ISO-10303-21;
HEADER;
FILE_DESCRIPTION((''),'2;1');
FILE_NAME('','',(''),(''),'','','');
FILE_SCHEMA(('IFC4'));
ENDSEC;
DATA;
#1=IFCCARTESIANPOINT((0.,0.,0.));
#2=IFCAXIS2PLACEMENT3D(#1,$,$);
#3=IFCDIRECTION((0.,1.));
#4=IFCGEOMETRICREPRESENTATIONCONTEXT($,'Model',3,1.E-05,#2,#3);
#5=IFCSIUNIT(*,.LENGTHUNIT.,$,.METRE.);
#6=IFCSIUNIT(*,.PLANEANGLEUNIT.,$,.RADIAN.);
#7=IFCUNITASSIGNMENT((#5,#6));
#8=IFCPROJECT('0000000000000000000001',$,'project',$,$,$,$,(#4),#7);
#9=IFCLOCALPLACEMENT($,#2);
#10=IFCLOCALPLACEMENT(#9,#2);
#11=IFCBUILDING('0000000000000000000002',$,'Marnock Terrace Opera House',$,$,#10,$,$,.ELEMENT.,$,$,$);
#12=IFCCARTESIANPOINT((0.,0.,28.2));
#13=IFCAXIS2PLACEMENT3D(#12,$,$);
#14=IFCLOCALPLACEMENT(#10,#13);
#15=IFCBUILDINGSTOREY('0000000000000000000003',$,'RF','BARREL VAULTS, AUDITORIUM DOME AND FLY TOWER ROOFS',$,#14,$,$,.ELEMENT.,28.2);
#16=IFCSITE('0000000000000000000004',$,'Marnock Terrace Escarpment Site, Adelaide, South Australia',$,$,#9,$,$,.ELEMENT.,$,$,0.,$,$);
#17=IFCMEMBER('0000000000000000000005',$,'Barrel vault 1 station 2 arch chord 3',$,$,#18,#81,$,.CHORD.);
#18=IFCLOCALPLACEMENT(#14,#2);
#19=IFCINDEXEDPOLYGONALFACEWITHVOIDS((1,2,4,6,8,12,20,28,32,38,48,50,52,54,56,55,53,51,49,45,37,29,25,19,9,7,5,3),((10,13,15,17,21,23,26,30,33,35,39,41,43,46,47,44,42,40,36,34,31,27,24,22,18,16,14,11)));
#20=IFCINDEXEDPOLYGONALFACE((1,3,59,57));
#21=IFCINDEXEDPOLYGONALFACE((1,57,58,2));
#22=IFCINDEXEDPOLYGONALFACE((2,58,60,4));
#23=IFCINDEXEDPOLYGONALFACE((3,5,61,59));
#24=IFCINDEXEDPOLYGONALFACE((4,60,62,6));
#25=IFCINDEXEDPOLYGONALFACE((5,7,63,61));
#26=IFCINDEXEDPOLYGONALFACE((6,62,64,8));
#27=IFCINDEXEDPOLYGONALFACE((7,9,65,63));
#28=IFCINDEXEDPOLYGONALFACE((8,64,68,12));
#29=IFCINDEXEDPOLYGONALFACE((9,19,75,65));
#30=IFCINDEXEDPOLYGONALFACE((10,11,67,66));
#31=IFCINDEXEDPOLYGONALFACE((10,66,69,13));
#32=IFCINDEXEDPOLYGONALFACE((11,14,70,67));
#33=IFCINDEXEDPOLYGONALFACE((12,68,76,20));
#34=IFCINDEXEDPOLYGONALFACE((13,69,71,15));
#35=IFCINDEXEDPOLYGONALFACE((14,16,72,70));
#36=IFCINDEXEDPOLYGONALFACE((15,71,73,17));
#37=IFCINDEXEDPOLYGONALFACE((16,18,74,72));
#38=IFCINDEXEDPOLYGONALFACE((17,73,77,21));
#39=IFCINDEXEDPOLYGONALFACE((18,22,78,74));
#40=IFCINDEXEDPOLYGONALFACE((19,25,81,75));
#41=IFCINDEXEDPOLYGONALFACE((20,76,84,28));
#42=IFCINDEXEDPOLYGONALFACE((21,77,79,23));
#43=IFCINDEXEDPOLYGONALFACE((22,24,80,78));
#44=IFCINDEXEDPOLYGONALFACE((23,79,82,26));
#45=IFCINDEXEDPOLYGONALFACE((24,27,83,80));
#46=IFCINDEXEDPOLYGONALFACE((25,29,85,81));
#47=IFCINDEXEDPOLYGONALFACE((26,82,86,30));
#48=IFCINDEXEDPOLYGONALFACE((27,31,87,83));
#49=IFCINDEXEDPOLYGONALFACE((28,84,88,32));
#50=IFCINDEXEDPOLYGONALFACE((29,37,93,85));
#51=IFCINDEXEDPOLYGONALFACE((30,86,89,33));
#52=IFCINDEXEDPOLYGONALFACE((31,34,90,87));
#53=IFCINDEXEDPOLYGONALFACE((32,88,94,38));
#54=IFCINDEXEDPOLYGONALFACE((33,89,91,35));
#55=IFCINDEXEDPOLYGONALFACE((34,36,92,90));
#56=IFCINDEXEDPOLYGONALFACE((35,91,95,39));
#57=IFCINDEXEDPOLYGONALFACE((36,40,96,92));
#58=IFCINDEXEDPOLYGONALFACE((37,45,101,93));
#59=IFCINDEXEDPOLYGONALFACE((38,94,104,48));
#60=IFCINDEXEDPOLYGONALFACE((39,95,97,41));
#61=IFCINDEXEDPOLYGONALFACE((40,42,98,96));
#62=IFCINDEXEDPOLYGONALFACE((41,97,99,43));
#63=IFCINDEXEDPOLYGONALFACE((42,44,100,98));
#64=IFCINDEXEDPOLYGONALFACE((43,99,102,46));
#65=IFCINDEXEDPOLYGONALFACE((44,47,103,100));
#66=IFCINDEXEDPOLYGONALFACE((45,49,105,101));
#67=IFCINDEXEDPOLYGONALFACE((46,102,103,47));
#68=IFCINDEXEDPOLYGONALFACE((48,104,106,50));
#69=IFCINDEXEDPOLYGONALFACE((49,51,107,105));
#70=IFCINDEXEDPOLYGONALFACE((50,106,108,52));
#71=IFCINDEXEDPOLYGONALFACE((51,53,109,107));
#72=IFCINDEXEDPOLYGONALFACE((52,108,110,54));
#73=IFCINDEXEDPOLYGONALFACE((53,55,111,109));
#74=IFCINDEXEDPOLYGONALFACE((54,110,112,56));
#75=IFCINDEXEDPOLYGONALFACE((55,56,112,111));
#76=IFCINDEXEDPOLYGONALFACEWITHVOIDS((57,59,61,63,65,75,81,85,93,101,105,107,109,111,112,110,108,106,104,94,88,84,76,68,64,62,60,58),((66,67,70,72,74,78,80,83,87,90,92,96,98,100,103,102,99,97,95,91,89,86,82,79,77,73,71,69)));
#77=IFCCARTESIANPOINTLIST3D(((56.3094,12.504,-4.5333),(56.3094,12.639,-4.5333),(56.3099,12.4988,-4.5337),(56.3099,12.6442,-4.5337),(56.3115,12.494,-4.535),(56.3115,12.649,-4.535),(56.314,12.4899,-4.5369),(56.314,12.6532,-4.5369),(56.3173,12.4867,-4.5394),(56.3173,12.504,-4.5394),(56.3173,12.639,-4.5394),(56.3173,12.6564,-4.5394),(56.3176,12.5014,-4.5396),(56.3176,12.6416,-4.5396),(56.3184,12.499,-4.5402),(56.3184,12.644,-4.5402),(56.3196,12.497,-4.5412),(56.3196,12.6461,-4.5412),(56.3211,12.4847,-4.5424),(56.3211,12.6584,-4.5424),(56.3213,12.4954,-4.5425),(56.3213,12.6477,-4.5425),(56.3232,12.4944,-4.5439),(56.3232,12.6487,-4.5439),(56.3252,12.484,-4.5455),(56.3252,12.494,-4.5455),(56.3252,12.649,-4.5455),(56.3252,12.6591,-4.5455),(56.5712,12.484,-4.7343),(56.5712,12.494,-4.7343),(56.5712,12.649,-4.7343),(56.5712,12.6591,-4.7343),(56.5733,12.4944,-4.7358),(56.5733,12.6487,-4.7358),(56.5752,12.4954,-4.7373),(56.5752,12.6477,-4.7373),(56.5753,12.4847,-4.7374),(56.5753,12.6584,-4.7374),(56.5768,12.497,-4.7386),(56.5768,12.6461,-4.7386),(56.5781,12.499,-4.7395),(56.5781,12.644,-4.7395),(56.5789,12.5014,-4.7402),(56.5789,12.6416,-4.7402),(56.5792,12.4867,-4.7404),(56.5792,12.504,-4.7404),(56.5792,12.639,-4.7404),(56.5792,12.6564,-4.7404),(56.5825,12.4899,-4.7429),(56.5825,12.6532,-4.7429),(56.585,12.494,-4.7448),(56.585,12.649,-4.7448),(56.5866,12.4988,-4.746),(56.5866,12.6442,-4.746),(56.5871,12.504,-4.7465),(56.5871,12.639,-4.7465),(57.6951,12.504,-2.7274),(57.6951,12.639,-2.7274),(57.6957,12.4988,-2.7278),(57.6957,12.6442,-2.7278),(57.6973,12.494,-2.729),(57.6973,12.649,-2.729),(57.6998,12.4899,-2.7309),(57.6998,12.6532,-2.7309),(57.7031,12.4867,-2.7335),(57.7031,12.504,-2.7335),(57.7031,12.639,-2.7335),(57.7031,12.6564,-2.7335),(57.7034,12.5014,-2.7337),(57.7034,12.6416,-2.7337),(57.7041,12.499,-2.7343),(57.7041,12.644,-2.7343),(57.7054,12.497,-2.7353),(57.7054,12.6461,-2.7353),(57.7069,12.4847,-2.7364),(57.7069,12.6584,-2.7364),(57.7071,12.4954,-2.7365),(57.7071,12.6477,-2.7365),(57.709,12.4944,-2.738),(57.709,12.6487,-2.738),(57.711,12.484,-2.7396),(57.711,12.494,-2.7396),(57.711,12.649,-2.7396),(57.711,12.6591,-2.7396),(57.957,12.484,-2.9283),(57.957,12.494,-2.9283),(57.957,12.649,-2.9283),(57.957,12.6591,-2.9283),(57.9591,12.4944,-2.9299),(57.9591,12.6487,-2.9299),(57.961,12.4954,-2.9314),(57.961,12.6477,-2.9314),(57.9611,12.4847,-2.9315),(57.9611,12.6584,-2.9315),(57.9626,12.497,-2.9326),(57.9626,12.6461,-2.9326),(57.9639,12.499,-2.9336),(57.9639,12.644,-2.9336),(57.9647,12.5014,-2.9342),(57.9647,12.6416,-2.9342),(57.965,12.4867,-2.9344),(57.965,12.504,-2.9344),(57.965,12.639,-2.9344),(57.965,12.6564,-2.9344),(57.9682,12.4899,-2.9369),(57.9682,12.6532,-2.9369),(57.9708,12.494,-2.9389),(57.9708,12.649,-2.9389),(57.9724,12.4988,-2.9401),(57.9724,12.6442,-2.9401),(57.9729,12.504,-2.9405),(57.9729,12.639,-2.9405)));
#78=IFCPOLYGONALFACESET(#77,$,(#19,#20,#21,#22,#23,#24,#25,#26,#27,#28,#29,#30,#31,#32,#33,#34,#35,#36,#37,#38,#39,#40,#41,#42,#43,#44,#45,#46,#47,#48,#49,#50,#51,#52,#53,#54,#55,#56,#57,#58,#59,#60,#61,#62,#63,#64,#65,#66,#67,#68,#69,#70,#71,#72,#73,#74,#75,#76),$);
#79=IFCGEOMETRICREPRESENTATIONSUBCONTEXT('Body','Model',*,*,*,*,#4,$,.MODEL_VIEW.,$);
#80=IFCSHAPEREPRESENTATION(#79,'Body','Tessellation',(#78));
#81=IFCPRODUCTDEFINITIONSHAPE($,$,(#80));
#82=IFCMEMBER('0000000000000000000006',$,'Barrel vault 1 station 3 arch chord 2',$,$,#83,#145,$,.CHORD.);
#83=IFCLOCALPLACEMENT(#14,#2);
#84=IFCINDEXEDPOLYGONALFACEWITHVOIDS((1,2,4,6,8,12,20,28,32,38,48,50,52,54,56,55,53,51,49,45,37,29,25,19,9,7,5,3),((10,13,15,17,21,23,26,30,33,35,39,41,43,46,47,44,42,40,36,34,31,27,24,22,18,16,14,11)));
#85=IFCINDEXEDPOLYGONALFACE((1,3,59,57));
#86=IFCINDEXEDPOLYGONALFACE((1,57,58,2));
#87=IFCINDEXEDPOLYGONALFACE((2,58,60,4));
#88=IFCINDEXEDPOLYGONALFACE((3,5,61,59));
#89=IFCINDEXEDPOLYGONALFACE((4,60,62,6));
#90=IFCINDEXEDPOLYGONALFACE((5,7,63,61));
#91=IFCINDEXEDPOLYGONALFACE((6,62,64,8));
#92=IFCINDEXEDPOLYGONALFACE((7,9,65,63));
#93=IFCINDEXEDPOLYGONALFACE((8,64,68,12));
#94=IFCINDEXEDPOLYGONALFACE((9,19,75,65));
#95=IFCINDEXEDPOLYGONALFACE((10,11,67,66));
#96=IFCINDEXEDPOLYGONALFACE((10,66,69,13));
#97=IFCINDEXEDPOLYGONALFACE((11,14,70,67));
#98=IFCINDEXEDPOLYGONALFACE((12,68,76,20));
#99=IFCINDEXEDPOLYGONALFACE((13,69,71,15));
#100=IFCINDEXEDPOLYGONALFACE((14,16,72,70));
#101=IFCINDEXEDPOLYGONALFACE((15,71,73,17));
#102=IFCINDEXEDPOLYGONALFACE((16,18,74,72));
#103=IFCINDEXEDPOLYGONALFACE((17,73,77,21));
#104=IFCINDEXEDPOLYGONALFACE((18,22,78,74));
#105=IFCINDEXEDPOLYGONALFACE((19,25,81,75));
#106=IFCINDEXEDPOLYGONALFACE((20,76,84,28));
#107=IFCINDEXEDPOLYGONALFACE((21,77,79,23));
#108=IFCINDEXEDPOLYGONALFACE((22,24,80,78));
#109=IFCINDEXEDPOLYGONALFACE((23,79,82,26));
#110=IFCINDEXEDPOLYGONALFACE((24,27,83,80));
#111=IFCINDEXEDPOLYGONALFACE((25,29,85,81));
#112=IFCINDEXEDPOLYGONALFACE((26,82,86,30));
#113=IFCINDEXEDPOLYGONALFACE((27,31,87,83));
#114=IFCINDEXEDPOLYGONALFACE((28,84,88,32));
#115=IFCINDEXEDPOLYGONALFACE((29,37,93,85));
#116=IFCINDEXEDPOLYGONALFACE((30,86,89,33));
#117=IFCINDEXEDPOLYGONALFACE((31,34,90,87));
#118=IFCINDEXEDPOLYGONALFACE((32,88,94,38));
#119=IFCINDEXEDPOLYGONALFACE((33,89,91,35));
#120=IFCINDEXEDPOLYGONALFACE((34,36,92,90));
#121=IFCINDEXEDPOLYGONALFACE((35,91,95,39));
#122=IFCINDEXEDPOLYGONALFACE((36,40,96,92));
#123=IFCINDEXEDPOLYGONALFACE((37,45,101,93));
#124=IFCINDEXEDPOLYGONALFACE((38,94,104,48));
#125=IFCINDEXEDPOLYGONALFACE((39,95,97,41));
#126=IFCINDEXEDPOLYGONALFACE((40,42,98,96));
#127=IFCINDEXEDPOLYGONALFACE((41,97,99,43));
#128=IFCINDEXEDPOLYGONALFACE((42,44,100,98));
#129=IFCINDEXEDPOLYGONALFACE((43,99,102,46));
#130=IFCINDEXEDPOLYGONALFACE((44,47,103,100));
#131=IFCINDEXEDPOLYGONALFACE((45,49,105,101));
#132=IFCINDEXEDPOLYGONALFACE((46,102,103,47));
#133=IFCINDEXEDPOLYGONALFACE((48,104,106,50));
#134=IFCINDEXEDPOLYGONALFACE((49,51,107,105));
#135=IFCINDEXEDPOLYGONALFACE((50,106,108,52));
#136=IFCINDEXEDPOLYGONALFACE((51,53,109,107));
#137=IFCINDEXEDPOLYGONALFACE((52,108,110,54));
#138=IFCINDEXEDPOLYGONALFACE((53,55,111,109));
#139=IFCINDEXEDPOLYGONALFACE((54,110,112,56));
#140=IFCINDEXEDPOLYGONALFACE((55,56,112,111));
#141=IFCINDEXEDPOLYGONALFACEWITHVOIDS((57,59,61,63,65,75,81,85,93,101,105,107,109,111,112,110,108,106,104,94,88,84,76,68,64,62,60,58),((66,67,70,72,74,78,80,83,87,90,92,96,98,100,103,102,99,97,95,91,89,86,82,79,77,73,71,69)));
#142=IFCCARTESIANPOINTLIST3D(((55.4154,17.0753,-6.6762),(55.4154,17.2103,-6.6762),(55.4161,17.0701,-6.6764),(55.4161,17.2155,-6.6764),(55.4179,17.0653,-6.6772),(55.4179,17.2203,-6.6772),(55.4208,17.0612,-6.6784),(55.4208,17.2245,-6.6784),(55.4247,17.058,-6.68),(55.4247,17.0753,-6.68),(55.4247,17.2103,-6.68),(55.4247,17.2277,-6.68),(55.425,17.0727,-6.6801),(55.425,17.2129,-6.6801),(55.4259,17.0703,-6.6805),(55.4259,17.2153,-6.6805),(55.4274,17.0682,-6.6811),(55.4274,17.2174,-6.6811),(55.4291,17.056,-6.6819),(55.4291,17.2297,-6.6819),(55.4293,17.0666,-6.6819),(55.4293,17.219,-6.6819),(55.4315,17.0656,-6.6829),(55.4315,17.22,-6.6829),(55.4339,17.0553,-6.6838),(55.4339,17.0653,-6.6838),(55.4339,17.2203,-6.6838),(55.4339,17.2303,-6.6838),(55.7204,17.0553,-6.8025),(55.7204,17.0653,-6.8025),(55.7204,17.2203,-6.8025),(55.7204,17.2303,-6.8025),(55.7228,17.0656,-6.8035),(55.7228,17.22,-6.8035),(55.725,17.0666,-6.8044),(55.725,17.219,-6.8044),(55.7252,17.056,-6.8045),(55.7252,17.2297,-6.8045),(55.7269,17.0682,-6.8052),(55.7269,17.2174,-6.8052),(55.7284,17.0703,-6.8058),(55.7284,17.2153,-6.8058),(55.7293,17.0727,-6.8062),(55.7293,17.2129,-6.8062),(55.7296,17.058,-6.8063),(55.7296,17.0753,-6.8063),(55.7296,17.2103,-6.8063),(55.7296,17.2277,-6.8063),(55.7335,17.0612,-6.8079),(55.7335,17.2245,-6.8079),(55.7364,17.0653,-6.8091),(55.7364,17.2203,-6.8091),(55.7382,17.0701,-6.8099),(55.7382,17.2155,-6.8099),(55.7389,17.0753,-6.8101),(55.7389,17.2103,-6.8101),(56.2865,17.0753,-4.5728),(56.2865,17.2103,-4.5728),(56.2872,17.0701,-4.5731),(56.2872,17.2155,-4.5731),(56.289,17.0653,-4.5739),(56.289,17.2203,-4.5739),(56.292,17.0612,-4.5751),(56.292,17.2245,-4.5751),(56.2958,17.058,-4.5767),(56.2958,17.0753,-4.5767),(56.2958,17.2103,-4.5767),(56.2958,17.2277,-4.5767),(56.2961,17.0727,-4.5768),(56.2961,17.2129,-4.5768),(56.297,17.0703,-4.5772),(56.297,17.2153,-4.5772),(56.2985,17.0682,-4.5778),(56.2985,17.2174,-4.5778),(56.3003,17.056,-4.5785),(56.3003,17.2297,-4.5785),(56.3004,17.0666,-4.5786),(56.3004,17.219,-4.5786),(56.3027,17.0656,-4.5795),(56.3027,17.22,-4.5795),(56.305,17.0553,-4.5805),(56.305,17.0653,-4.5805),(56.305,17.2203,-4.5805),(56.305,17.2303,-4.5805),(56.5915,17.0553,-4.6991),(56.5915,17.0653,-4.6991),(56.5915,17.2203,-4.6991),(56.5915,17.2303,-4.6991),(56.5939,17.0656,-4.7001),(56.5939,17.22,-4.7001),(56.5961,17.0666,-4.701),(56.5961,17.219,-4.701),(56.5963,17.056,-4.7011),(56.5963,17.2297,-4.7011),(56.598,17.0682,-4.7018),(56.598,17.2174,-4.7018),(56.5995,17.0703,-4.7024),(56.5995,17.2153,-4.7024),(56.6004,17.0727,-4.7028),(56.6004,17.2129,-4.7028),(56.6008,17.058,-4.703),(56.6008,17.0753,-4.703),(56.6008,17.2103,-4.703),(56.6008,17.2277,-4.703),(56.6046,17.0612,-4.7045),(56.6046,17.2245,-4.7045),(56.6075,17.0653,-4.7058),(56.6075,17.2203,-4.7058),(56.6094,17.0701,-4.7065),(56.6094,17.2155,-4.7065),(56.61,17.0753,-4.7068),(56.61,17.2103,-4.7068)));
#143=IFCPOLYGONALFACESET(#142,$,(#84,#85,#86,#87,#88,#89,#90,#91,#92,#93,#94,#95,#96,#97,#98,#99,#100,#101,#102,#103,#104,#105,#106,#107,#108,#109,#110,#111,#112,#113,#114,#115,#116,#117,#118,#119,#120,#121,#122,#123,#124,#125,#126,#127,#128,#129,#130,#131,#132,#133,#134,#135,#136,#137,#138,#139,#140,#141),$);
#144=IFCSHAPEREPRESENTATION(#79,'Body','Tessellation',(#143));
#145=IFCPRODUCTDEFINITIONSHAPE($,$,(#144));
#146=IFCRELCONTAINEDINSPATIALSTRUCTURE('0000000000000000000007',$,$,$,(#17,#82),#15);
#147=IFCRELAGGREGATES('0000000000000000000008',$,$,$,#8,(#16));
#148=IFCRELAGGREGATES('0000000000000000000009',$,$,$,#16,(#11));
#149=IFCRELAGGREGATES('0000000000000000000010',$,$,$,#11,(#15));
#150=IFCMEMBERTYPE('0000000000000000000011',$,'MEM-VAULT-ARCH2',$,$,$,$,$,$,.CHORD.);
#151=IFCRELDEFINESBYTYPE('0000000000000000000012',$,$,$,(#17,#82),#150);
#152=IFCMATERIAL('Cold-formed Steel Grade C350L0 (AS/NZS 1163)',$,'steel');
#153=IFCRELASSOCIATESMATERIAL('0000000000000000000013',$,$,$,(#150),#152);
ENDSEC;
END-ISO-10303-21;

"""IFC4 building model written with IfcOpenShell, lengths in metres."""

from ifc_helpers import new_model, si_unit, direction, frame, origin, origin_2d, place, context, subcontext, project, spatial, hollow_rectangle, extrude, material, material_profile, profile_set, type_object, element, save


model = new_model("IFC4")

# Units and contexts
model_context = context("Model", 3, precision=1e-05, world=origin(), true_north=direction((0.0, 1.0)))
body_context = subcontext(model_context, "Body", "Model", "MODEL_VIEW")
ifc_project = project(units=[si_unit("LENGTHUNIT", "METRE"), si_unit("PLANEANGLEUNIT", "RADIAN")], contexts=[model_context])

# Site, building, storey
site_placement = place(None, origin())
site = spatial("IfcSite", under=ifc_project, at=site_placement, Name="Marnock Terrace Escarpment Site, Adelaide, South Australia", CompositionType="ELEMENT", RefElevation=0.0)
building_placement = place(site_placement, origin())
building = spatial("IfcBuilding", under=site, at=building_placement, Name="Marnock Terrace Opera House", CompositionType="ELEMENT")
storey_placement = place(building_placement, frame((0.0, 0.0, 28.2)))
storey = spatial("IfcBuildingStorey", under=building, at=storey_placement, Name="RF", Description="BARREL VAULTS, AUDITORIUM DOME AND FLY TOWER ROOFS", CompositionType="ELEMENT", Elevation=28.2)

# Members
ifc_material_1 = material(Name="Cold-formed Steel Grade C350L0 (AS/NZS 1163)", Category="steel")
ifc_material_profile_1 = material_profile(ifc_material_1, hollow_rectangle(XDim=0.175, YDim=0.3501, WallThickness=0.01, InnerFilletRadius=0.01, OuterFilletRadius=0.02, at=origin_2d()))
ifc_profile_set_1 = profile_set([ifc_material_profile_1], Name="Cold-formed Steel Grade C350L0 (AS/NZS 1163)")
member_type_1 = type_object("IfcMemberType", Name="MEM-VAULT-ARCH2", PredefinedType="CHORD", material=ifc_profile_set_1)
member_1_placement = place(storey_placement, frame((56.4482, 12.5715, -4.6399), z_axis=(0.608767, 0.0, 0.793349), x_axis=(0.0, 1.0, 0.0)))
element("IfcMember", 1, at=member_1_placement, inside=storey, type_object=member_type_1, Name="Barrel vault 1 station 2 arch chord 3", PredefinedType="CHORD", context=body_context, shape_type="SweptSolid", body=[
    extrude(hollow_rectangle(XDim=0.175, YDim=0.3501, WallThickness=0.01, InnerFilletRadius=0.01, OuterFilletRadius=0.02, at=origin_2d()), origin(), (0.0, 0.0, 1.0), 2.2764),
])
member_2_placement = place(storey_placement, frame((55.5771, 17.1428, -6.7432), z_axis=(0.382642, 0.0, 0.923897), x_axis=(0.0, 1.0, 0.0)))
element("IfcMember", 2, at=member_2_placement, inside=storey, type_object=member_type_1, Name="Barrel vault 1 station 3 arch chord 2", PredefinedType="CHORD", context=body_context, shape_type="SweptSolid", body=[
    extrude(hollow_rectangle(XDim=0.175, YDim=0.3501, WallThickness=0.01, InnerFilletRadius=0.01, OuterFilletRadius=0.02, at=origin_2d()), origin(), (0.0, 0.0, 1.0), 2.2766),
])

save(model, "model.ifc")
